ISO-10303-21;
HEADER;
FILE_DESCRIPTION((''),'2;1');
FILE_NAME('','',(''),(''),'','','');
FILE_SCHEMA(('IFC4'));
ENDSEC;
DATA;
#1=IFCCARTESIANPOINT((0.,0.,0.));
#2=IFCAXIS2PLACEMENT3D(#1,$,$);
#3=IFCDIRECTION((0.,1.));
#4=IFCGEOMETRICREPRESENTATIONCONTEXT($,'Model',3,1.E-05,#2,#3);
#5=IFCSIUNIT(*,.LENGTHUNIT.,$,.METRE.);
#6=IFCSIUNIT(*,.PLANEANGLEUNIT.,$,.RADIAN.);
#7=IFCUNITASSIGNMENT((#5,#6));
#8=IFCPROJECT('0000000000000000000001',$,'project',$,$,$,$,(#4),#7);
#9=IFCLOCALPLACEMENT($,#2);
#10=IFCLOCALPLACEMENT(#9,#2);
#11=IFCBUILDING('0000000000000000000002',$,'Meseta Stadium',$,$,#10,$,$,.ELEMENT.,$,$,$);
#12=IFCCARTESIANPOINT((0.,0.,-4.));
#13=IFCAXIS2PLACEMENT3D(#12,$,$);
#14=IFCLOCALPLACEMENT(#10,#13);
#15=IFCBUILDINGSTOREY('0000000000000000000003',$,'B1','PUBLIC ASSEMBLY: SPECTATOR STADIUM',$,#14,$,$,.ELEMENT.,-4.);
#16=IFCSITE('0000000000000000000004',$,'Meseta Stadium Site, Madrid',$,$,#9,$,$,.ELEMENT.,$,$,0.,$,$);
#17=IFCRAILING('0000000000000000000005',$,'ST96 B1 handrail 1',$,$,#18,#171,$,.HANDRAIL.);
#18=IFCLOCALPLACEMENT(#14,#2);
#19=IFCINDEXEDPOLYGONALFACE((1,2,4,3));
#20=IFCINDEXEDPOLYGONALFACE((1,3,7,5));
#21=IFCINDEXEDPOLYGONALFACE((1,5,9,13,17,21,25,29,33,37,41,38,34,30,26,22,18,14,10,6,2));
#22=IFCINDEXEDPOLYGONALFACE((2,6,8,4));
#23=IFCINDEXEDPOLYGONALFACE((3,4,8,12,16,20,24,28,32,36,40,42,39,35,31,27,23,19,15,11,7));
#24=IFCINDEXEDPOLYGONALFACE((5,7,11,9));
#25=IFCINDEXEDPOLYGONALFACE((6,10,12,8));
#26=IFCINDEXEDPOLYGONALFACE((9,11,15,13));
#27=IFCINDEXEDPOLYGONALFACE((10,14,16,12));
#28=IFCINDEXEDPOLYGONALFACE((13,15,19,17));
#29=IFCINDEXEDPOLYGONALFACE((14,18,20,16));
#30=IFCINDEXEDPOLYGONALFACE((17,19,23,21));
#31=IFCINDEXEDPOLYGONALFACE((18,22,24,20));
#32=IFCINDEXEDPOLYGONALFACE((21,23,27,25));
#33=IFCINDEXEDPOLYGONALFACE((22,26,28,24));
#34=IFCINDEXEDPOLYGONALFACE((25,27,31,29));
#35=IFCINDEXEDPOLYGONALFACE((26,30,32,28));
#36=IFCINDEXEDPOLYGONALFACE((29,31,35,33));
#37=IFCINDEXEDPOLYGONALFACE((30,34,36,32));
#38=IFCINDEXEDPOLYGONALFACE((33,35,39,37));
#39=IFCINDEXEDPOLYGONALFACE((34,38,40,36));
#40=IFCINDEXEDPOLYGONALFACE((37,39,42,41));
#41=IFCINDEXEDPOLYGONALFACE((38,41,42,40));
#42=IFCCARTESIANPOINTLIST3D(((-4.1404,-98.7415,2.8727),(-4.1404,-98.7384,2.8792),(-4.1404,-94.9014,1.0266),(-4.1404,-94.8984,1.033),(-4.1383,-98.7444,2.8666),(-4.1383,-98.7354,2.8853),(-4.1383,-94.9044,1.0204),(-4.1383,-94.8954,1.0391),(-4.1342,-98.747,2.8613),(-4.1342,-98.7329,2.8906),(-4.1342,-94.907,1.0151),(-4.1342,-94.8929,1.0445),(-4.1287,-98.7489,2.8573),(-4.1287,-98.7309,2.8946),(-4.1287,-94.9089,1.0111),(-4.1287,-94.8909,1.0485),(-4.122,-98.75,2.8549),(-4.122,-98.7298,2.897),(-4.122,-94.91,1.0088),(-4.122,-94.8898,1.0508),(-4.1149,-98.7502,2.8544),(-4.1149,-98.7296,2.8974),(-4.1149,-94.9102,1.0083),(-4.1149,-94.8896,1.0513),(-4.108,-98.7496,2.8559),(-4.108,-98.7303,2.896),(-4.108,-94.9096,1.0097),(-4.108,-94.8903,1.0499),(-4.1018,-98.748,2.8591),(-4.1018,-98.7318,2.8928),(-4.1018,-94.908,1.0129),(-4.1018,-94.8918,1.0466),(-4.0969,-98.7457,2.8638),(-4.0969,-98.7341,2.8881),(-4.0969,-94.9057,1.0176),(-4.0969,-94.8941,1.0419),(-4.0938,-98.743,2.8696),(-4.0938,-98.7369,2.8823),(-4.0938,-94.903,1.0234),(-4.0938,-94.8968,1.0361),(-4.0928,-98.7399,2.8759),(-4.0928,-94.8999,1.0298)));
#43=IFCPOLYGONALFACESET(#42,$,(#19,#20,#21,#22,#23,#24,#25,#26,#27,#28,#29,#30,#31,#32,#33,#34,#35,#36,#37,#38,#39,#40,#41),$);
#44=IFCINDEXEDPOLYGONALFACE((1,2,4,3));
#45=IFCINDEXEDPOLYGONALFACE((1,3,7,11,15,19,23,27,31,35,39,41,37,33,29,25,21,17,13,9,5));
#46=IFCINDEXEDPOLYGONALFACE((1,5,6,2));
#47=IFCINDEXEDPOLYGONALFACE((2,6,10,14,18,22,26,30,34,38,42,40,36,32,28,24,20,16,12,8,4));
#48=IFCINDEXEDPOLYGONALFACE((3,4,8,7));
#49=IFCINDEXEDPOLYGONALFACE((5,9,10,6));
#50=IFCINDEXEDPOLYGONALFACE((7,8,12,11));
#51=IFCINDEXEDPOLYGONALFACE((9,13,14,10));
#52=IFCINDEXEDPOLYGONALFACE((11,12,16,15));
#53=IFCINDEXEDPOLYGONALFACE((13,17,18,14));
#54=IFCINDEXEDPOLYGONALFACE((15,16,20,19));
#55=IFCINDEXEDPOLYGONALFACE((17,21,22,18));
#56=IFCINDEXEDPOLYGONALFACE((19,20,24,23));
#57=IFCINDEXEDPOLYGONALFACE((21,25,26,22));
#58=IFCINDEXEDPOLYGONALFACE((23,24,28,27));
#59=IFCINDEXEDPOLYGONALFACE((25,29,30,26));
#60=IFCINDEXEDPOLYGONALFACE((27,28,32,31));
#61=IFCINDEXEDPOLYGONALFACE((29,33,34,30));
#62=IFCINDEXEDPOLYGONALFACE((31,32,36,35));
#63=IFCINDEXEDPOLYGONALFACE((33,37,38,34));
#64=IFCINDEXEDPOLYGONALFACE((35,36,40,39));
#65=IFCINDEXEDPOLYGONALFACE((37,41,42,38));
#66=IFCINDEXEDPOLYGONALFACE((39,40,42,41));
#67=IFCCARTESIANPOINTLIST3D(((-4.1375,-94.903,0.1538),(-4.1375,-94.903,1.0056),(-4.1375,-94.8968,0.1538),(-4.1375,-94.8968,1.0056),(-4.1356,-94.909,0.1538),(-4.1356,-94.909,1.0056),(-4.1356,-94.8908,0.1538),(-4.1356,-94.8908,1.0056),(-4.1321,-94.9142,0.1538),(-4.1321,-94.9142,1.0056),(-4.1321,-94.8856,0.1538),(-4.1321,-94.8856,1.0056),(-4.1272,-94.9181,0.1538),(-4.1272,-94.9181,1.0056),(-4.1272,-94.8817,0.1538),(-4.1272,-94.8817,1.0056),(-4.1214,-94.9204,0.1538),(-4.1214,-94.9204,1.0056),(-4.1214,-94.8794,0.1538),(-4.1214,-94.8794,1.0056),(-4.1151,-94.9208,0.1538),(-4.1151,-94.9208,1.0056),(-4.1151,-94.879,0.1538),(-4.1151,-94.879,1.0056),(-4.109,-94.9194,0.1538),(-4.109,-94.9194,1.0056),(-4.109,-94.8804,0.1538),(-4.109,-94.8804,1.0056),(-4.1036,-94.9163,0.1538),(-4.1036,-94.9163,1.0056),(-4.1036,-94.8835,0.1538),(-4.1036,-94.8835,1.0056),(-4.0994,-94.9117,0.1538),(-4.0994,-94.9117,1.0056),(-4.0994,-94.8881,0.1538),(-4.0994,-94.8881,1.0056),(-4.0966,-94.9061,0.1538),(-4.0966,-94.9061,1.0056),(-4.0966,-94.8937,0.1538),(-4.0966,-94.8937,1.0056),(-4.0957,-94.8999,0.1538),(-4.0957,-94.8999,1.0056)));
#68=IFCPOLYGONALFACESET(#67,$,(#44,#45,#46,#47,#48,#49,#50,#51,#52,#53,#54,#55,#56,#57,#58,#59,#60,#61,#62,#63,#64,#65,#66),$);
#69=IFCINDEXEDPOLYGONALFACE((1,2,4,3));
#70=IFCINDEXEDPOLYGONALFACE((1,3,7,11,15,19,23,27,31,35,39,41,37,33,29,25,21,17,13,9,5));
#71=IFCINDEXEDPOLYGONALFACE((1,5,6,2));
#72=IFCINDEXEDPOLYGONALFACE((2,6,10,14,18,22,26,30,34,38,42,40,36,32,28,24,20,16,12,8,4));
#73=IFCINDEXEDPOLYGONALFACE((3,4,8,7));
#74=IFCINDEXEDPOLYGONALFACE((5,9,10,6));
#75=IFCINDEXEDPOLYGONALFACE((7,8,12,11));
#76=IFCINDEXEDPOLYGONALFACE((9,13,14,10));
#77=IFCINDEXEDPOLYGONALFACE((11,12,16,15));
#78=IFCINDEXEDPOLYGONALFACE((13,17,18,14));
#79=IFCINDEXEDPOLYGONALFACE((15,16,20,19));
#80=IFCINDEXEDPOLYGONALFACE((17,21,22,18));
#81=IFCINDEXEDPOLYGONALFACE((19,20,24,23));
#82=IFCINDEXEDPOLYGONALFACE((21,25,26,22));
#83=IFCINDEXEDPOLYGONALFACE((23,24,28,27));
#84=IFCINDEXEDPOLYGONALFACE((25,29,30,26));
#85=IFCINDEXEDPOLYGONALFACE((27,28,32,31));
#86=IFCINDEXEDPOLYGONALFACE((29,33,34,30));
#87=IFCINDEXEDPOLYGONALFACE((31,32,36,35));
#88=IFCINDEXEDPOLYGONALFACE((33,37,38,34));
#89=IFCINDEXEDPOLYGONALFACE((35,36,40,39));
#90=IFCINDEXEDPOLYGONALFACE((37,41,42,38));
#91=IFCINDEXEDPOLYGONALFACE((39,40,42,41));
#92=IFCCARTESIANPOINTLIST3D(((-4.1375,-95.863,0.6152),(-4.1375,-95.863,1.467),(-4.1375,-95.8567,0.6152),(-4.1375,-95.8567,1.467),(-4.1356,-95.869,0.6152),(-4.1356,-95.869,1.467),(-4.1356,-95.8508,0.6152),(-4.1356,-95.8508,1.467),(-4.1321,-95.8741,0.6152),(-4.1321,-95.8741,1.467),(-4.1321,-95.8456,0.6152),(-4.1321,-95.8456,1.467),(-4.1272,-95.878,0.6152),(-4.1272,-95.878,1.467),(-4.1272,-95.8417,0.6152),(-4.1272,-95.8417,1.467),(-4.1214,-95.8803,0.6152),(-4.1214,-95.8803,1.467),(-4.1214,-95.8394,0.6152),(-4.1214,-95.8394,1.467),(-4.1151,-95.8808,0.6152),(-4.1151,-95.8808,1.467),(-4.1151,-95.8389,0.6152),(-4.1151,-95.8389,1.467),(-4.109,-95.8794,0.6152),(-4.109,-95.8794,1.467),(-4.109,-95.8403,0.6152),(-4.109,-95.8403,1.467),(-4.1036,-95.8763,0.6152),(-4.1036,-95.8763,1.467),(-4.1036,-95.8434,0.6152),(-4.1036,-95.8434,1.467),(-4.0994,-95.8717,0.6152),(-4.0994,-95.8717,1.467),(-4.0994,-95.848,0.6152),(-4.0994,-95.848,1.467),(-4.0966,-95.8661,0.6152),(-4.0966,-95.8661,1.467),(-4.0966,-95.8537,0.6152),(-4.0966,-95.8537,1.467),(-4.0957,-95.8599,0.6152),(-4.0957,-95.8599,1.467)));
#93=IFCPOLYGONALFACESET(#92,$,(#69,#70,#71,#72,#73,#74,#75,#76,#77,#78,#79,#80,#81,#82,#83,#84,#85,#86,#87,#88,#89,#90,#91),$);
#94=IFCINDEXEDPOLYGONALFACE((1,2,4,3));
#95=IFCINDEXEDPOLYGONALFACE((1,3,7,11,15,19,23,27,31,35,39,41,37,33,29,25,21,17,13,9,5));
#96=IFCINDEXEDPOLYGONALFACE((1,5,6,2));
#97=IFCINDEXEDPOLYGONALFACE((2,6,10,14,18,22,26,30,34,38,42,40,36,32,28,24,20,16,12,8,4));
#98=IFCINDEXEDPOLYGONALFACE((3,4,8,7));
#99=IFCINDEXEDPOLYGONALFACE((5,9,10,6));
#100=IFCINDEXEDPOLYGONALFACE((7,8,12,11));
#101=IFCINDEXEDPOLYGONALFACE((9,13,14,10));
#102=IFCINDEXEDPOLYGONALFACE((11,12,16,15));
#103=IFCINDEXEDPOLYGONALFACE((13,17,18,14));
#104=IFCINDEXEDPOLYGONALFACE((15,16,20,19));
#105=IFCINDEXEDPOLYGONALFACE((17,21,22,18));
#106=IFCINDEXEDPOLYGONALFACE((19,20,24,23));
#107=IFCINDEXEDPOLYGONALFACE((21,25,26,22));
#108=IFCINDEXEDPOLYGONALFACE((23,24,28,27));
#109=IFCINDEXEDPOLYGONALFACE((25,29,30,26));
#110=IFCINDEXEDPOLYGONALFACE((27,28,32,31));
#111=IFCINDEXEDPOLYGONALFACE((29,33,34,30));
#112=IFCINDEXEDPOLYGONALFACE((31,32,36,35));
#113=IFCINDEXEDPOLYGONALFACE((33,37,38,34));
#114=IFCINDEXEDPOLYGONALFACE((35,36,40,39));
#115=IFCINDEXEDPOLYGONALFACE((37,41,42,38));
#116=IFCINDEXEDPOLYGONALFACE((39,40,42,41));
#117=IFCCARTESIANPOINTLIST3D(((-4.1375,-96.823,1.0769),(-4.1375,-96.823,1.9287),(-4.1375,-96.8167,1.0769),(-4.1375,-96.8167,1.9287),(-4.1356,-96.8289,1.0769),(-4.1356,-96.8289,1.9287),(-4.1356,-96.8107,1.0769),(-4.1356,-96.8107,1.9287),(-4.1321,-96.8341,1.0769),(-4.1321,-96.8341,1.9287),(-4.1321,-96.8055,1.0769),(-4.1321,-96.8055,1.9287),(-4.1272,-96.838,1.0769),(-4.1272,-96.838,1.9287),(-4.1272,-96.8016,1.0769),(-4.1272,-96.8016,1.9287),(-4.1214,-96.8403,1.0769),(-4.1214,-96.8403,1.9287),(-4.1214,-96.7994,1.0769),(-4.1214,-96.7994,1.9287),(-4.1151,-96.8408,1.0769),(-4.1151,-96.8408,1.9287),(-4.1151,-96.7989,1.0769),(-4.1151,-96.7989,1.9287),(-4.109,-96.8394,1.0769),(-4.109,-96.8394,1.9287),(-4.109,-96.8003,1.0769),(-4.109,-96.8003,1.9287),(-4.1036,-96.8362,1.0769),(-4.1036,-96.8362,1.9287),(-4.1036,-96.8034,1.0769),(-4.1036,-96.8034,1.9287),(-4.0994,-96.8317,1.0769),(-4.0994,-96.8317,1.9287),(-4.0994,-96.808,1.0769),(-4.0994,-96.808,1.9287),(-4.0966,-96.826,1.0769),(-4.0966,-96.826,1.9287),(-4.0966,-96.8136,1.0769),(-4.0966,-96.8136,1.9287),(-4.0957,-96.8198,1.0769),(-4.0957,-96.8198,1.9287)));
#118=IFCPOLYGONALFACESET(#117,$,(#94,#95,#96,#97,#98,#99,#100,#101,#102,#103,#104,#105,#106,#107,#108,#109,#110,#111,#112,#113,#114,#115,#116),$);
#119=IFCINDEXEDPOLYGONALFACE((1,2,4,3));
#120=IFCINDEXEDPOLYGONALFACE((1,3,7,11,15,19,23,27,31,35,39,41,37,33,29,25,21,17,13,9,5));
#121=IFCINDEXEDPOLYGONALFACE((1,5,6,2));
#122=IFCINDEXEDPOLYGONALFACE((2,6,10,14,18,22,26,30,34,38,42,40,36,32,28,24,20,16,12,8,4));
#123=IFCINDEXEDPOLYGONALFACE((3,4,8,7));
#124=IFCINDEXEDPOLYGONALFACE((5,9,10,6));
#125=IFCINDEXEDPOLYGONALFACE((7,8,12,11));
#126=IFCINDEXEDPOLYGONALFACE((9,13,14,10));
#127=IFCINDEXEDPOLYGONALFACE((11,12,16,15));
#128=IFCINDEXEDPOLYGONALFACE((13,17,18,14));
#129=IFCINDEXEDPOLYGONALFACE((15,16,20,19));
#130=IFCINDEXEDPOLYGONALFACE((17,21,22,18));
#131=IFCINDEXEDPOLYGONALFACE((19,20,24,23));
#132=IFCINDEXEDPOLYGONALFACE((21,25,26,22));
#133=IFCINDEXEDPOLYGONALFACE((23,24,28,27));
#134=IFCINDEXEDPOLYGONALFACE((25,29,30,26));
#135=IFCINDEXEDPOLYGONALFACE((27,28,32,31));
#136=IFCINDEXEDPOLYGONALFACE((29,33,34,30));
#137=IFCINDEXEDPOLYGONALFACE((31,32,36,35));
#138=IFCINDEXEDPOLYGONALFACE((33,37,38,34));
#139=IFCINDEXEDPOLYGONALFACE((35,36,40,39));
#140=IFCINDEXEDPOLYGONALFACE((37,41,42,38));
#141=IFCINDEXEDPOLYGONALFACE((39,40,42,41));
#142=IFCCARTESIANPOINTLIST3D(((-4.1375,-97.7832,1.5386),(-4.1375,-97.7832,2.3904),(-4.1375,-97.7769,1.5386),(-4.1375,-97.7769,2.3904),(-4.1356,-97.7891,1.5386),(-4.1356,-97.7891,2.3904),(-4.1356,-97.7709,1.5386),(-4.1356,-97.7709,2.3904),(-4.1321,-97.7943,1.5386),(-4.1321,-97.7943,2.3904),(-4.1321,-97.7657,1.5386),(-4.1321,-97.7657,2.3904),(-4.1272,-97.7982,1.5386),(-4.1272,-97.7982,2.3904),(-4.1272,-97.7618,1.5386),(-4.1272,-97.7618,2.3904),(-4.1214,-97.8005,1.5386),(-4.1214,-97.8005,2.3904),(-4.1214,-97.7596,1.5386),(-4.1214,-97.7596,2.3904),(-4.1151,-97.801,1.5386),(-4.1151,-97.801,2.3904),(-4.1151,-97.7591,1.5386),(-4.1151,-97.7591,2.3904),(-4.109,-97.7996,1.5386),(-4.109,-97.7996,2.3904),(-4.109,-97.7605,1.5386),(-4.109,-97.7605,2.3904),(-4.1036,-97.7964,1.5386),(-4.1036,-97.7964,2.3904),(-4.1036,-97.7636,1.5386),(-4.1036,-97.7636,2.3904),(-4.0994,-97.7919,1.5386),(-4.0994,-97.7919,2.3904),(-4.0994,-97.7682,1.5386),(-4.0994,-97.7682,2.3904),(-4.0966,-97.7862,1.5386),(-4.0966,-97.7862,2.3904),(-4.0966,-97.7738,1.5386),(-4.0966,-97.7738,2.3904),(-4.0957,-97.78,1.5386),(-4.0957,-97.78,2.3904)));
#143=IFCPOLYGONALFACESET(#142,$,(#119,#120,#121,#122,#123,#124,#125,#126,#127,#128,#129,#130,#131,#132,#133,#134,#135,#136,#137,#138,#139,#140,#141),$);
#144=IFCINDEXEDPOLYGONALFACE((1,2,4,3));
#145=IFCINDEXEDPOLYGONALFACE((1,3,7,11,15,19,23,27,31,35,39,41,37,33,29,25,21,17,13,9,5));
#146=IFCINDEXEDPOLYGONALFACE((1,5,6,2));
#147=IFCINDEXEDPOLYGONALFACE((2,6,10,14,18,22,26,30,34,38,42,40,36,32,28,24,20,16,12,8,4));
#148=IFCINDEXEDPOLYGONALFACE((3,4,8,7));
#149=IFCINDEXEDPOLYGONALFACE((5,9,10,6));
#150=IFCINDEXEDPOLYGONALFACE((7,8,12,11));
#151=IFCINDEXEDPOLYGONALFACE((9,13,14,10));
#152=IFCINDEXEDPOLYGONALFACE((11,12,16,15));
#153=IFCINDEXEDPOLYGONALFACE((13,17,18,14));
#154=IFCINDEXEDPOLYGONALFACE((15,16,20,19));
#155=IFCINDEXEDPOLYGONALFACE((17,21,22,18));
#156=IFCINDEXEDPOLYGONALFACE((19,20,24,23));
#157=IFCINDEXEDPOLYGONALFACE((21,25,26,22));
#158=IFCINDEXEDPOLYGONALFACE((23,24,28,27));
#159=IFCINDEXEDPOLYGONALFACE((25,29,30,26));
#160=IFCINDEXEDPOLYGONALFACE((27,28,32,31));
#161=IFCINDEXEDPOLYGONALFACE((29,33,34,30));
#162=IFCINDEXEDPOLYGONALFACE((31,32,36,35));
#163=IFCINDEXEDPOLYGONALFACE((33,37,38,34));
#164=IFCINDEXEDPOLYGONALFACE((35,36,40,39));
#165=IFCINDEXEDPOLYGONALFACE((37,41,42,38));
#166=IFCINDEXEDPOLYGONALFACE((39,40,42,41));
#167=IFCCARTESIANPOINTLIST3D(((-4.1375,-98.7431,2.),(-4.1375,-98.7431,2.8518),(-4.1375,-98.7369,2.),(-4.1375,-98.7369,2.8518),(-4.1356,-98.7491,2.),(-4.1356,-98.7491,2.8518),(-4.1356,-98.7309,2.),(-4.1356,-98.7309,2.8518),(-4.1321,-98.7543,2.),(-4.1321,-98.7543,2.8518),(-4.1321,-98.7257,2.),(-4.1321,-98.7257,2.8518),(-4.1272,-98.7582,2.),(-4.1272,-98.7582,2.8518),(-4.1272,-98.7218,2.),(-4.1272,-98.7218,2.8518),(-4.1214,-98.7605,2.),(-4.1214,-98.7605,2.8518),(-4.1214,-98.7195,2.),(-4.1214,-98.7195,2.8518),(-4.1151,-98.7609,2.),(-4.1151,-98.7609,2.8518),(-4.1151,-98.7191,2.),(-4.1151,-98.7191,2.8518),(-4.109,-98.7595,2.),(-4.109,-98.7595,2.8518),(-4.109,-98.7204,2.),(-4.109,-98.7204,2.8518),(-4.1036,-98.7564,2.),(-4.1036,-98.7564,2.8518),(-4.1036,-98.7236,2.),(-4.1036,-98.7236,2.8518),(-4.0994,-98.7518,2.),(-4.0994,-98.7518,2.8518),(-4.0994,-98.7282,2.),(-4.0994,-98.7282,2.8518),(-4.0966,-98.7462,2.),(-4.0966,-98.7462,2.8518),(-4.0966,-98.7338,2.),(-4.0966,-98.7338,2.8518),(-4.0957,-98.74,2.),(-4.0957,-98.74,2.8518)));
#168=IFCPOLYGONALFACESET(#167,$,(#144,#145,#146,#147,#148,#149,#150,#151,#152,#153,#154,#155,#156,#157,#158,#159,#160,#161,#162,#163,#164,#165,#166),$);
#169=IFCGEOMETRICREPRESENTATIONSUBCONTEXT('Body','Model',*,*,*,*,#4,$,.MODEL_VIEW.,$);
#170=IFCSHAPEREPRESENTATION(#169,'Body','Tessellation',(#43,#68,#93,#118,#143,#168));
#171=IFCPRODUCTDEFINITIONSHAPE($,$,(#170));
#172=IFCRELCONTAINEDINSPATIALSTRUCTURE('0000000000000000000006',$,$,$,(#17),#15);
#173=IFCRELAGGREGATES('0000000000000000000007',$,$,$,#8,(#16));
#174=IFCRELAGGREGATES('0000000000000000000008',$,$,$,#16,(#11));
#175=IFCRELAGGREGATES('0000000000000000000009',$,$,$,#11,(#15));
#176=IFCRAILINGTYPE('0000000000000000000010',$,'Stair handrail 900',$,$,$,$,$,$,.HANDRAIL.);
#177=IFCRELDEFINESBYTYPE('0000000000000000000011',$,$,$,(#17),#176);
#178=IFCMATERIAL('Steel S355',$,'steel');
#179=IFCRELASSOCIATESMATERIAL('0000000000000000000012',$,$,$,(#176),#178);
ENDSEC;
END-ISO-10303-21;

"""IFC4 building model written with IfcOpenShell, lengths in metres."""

from ifc_helpers import new_model, si_unit, direction, frame, origin, origin_2d, place, context, subcontext, project, spatial, circle, extrude, material, type_object, element, save


model = new_model("IFC4")

# Units and contexts
model_context = context("Model", 3, precision=1e-05, world=origin(), true_north=direction((0.0, 1.0)))
body_context = subcontext(model_context, "Body", "Model", "MODEL_VIEW")
ifc_project = project(units=[si_unit("LENGTHUNIT", "METRE"), si_unit("PLANEANGLEUNIT", "RADIAN")], contexts=[model_context])

# Site, building, storey
site_placement = place(None, origin())
site = spatial("IfcSite", under=ifc_project, at=site_placement, Name="Meseta Stadium Site, Madrid", CompositionType="ELEMENT", RefElevation=0.0)
building_placement = place(site_placement, origin())
building = spatial("IfcBuilding", under=site, at=building_placement, Name="Meseta Stadium", CompositionType="ELEMENT")
storey_placement = place(building_placement, frame((0.0, 0.0, -4.0)))
storey = spatial("IfcBuildingStorey", under=building, at=storey_placement, Name="B1", Description="PUBLIC ASSEMBLY: SPECTATOR STADIUM", CompositionType="ELEMENT", Elevation=-4.0)

# Railing
ifc_material_1 = material(Name="Steel S355", Category="steel")
railing_type_1 = type_object("IfcRailingType", Name="Stair handrail 900", PredefinedType="HANDRAIL", material=ifc_material_1)
for number, where, name in (
    (1, (-4.1167, -94.8999, 0.1538), "ST96 B1 handrail 1"),
):
    element("IfcRailing", number, at=place(storey_placement, frame(where)), inside=storey, type_object=railing_type_1, Name=name, PredefinedType="HANDRAIL", context=body_context, shape_type="SweptSolid", body=[
        extrude(circle(Radius=0.0239, at=origin_2d()), frame((0.0, 0.0, 0.876), z_axis=(0.0, -0.901253, 0.433294), x_axis=(1.0, 0.0, 0.0)), (0.0, 0.0, 1.0), 4.2607),
        extrude(circle(Radius=0.021, at=origin_2d()), origin(), (0.0, 0.0, 1.0), 0.8518),
        extrude(circle(Radius=0.021, at=origin_2d()), frame((0.0, -0.96, 0.4614)), (0.0, 0.0, 1.0), 0.8518),
        extrude(circle(Radius=0.021, at=origin_2d()), frame((0.0, -1.9199, 0.9231)), (0.0, 0.0, 1.0), 0.8518),
        extrude(circle(Radius=0.021, at=origin_2d()), frame((0.0, -2.8801, 1.3848)), (0.0, 0.0, 1.0), 0.8518),
        extrude(circle(Radius=0.021, at=origin_2d()), frame((0.0, -3.8401, 1.8462)), (0.0, 0.0, 1.0), 0.8518),
    ])

save(model, "model.ifc")
